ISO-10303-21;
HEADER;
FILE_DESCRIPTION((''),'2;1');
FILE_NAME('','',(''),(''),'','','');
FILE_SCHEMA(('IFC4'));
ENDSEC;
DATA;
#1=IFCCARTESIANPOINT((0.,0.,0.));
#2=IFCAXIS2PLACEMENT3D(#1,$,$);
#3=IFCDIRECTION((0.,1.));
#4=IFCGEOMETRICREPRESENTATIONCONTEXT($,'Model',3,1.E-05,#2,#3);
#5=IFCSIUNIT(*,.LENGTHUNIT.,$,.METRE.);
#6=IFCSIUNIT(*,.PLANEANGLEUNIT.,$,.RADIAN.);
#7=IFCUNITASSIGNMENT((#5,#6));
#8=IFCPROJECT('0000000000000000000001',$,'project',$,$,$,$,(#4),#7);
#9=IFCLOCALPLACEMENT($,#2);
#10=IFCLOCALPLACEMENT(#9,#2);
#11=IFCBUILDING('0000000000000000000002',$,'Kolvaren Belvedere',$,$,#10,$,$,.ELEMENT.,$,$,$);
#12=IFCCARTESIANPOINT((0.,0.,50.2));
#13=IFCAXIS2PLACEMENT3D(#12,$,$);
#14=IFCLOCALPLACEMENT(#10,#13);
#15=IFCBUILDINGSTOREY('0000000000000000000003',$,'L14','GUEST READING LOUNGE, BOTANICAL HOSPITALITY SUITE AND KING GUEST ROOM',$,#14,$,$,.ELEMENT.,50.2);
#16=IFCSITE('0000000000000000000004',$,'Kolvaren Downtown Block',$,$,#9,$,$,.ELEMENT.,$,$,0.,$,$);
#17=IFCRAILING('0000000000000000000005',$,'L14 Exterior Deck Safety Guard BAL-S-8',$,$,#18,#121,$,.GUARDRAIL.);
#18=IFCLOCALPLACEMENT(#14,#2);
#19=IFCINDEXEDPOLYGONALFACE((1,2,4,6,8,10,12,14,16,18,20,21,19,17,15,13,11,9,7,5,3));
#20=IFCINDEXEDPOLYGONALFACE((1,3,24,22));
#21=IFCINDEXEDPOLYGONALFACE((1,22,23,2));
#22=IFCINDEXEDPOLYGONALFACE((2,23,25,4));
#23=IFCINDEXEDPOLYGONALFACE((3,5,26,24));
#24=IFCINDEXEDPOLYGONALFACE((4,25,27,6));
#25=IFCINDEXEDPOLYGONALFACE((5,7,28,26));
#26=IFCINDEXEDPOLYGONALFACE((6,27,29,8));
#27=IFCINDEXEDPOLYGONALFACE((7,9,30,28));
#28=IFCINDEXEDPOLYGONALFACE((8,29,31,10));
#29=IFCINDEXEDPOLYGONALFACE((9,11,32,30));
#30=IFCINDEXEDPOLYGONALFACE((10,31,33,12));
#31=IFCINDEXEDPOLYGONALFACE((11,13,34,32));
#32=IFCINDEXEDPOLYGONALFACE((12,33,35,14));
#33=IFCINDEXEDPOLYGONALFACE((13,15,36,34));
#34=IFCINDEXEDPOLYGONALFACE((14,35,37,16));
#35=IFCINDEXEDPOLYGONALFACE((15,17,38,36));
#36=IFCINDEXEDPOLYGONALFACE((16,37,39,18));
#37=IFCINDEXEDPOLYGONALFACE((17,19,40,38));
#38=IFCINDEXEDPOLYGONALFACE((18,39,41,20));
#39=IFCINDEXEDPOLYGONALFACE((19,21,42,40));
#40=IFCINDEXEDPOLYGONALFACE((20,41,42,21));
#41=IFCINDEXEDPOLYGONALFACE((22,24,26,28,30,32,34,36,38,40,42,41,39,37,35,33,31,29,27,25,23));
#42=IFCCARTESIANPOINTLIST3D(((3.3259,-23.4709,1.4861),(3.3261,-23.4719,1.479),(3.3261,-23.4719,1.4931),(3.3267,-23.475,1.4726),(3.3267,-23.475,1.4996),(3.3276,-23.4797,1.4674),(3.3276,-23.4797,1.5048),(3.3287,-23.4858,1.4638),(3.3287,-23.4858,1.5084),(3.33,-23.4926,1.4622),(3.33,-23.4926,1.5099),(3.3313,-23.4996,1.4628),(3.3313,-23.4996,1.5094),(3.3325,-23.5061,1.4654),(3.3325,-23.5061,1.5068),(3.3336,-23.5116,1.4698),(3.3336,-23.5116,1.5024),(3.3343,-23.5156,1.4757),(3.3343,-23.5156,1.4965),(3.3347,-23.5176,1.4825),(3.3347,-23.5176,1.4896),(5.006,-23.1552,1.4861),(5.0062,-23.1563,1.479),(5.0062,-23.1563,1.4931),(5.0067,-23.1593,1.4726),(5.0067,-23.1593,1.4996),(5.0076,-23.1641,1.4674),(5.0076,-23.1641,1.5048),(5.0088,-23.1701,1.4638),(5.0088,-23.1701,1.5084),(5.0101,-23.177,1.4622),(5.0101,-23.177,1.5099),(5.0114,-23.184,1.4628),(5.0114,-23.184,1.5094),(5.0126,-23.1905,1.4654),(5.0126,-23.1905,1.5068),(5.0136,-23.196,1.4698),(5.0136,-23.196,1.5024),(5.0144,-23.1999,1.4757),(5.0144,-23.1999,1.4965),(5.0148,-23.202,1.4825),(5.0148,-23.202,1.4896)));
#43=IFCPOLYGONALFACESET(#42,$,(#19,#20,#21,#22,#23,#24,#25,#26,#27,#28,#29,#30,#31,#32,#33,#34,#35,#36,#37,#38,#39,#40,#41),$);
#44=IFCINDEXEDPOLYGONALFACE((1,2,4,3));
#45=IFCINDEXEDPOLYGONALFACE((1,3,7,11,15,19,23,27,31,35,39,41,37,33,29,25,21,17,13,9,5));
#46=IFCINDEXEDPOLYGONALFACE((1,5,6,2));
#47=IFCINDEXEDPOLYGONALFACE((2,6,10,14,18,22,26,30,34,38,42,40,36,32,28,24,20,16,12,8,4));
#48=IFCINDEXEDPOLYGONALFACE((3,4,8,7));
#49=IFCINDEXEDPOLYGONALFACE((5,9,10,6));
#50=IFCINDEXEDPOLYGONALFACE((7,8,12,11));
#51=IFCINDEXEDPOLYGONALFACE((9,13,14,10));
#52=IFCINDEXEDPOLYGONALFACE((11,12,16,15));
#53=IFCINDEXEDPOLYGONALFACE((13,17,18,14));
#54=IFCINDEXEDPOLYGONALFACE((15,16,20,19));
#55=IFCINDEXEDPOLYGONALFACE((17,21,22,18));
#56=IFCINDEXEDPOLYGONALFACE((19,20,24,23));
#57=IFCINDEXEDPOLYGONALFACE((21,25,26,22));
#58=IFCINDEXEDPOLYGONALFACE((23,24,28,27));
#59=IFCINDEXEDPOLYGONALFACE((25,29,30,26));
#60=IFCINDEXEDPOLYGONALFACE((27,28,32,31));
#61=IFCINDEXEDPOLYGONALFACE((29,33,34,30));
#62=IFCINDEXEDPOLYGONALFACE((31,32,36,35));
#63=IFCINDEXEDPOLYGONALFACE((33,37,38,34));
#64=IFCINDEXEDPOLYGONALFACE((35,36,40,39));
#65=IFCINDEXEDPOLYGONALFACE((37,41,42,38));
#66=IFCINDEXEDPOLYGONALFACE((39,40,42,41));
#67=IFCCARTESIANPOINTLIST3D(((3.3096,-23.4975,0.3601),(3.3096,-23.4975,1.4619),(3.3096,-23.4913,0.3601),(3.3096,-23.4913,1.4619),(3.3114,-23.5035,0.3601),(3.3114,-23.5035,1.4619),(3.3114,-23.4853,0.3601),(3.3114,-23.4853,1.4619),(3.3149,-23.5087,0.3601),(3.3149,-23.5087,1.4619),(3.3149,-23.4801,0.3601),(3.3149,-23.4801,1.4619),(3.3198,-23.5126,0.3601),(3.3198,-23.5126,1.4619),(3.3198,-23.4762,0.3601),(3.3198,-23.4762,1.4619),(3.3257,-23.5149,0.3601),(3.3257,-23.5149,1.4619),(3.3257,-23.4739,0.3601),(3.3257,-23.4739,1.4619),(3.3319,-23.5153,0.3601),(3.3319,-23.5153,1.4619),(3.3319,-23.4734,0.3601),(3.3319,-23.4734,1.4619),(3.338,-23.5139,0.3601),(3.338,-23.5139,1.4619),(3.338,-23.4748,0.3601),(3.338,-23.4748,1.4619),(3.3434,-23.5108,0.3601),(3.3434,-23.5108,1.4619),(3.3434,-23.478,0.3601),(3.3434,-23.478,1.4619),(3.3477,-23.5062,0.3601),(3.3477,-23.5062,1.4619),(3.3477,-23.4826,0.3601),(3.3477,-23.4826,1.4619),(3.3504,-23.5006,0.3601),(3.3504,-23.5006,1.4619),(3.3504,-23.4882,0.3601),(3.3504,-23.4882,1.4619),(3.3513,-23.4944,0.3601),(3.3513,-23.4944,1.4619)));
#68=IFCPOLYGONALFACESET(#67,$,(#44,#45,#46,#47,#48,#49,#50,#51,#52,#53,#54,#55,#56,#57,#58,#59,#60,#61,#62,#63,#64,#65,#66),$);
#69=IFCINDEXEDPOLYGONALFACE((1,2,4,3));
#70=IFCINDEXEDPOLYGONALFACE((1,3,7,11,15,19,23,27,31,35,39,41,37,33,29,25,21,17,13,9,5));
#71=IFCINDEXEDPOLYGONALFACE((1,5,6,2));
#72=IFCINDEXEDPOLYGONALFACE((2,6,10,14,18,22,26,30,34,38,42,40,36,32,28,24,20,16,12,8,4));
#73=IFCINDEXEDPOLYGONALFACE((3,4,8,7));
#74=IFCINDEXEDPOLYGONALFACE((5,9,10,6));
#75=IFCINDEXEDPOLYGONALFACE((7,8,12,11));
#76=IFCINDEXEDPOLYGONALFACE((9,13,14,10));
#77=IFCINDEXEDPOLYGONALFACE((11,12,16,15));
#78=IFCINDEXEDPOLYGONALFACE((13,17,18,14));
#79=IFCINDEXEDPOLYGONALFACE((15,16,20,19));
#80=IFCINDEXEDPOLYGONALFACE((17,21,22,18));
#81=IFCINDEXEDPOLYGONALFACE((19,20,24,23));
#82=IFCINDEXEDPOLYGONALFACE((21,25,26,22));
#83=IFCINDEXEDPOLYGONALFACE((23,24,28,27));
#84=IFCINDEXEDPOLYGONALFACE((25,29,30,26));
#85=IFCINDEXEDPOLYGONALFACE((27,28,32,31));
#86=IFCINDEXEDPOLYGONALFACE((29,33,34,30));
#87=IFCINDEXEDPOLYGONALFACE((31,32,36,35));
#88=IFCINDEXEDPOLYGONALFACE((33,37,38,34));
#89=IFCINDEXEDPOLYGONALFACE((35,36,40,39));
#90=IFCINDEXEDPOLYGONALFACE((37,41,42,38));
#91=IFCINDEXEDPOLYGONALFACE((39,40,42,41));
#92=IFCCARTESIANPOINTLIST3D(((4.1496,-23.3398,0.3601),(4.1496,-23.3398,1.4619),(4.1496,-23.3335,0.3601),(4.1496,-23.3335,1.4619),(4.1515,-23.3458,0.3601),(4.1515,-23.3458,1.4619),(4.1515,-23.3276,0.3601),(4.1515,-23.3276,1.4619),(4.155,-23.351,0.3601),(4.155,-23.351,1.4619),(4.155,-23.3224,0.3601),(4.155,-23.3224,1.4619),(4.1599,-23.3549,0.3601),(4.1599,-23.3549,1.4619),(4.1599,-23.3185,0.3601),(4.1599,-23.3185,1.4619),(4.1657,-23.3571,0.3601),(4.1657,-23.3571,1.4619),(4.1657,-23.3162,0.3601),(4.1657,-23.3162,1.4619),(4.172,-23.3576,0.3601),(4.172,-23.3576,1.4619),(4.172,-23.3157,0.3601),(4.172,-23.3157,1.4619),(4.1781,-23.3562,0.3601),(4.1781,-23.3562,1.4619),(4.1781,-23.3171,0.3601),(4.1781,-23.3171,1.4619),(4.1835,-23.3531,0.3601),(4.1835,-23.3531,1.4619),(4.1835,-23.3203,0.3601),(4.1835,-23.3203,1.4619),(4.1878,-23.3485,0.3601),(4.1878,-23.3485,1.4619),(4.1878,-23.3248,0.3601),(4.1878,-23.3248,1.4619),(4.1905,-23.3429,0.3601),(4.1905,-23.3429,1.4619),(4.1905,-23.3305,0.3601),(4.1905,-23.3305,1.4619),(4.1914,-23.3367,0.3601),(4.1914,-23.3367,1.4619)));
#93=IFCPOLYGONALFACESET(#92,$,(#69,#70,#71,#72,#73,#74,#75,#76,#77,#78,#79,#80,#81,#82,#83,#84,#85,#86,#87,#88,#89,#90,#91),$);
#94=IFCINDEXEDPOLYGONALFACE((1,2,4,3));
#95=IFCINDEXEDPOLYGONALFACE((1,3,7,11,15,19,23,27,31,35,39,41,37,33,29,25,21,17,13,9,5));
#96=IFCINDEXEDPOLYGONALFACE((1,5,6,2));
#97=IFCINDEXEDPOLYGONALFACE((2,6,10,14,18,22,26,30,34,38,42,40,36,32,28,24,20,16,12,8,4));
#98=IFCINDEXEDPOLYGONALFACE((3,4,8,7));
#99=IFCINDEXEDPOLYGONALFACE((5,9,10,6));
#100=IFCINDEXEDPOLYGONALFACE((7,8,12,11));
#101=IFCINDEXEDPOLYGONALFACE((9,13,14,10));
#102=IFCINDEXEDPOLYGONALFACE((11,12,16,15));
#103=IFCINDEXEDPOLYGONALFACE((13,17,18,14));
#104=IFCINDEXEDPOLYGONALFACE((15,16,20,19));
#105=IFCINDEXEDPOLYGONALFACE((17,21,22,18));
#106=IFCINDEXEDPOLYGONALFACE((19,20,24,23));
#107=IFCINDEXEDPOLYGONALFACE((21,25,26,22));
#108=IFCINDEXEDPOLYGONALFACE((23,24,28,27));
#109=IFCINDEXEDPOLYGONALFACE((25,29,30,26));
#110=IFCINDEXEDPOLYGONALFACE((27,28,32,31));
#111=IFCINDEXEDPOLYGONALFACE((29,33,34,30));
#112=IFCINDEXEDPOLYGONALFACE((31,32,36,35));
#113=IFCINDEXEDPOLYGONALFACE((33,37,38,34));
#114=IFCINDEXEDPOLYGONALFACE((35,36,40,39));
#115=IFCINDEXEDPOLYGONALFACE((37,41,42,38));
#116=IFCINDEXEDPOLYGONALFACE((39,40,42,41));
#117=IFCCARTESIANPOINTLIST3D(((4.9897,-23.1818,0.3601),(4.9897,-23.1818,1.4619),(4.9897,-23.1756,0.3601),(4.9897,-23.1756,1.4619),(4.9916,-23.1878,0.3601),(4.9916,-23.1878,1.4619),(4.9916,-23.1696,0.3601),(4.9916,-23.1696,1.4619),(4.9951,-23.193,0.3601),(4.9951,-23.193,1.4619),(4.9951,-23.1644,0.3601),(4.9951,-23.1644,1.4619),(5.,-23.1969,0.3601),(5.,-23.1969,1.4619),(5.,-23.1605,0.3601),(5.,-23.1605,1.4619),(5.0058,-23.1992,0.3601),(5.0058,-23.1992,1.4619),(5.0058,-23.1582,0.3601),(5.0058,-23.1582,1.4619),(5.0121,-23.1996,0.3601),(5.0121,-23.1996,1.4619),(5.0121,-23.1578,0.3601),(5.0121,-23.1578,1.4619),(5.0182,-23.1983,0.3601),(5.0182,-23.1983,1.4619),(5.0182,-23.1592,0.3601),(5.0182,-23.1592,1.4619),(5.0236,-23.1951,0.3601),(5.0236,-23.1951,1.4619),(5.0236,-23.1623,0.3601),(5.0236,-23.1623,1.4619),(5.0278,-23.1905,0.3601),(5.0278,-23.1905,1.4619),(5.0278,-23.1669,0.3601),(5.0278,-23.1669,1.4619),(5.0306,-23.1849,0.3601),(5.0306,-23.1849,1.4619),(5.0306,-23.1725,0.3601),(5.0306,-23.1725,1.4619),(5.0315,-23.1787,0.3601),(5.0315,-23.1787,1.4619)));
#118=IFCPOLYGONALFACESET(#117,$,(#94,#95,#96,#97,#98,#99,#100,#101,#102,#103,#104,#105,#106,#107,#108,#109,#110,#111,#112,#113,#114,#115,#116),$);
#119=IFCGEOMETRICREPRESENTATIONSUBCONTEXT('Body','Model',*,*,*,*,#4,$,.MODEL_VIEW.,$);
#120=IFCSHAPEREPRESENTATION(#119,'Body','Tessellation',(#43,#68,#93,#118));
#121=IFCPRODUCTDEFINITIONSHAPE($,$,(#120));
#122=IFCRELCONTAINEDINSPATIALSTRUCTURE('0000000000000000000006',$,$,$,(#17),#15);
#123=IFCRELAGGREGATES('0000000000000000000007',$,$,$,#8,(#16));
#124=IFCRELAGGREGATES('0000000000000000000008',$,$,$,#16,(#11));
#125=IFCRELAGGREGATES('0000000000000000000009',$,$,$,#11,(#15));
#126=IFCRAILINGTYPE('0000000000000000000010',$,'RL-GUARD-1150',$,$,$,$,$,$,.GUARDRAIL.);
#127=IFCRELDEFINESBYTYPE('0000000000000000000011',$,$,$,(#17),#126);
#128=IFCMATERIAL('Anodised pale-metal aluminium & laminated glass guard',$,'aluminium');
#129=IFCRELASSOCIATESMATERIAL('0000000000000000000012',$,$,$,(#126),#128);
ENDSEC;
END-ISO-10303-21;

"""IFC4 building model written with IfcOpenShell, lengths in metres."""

from ifc_helpers import new_model, si_unit, direction, frame, origin, origin_2d, place, context, subcontext, project, spatial, circle, extrude, material, type_object, element, save


model = new_model("IFC4")

# Units and contexts
model_context = context("Model", 3, precision=1e-05, world=origin(), true_north=direction((0.0, 1.0)))
body_context = subcontext(model_context, "Body", "Model", "MODEL_VIEW")
ifc_project = project(units=[si_unit("LENGTHUNIT", "METRE"), si_unit("PLANEANGLEUNIT", "RADIAN")], contexts=[model_context])

# Site, building, storey
site_placement = place(None, origin())
site = spatial("IfcSite", under=ifc_project, at=site_placement, Name="Kolvaren Downtown Block", CompositionType="ELEMENT", RefElevation=0.0)
building_placement = place(site_placement, origin())
building = spatial("IfcBuilding", under=site, at=building_placement, Name="Kolvaren Belvedere", CompositionType="ELEMENT")
storey_placement = place(building_placement, frame((0.0, 0.0, 50.2)))
storey = spatial("IfcBuildingStorey", under=building, at=storey_placement, Name="L14", Description="GUEST READING LOUNGE, BOTANICAL HOSPITALITY SUITE AND KING GUEST ROOM", CompositionType="ELEMENT", Elevation=50.2)

# Railing
ifc_material_1 = material(Name="Anodised pale-metal aluminium & laminated glass guard", Category="aluminium")
railing_type = type_object("IfcRailingType", Name="RL-GUARD-1150", PredefinedType="GUARDRAIL", material=ifc_material_1)
railing_1_placement = place(storey_placement, frame((3.3303, -23.4944, 0.3601)))
element("IfcRailing", 1, at=railing_1_placement, inside=storey, type_object=railing_type, Name="L14 Exterior Deck Safety Guard BAL-S-8", PredefinedType="GUARDRAIL", context=body_context, shape_type="SweptSolid", body=[
    extrude(circle(Radius=0.0239, at=origin_2d()), frame((0.0, 0.0, 1.126), z_axis=(0.982804, 0.184651, 0.0), x_axis=(-0.184651, 0.982804, 0.0)), (0.0, 0.0, 1.0), 1.7095),
    extrude(circle(Radius=0.021, at=origin_2d()), origin(), (0.0, 0.0, 1.0), 1.1018),
    extrude(circle(Radius=0.021, at=origin_2d()), frame((0.8401, 0.1577, 0.0)), (0.0, 0.0, 1.0), 1.1018),
    extrude(circle(Radius=0.021, at=origin_2d()), frame((1.6802, 0.3157, 0.0)), (0.0, 0.0, 1.0), 1.1018),
])

save(model, "model.ifc")
